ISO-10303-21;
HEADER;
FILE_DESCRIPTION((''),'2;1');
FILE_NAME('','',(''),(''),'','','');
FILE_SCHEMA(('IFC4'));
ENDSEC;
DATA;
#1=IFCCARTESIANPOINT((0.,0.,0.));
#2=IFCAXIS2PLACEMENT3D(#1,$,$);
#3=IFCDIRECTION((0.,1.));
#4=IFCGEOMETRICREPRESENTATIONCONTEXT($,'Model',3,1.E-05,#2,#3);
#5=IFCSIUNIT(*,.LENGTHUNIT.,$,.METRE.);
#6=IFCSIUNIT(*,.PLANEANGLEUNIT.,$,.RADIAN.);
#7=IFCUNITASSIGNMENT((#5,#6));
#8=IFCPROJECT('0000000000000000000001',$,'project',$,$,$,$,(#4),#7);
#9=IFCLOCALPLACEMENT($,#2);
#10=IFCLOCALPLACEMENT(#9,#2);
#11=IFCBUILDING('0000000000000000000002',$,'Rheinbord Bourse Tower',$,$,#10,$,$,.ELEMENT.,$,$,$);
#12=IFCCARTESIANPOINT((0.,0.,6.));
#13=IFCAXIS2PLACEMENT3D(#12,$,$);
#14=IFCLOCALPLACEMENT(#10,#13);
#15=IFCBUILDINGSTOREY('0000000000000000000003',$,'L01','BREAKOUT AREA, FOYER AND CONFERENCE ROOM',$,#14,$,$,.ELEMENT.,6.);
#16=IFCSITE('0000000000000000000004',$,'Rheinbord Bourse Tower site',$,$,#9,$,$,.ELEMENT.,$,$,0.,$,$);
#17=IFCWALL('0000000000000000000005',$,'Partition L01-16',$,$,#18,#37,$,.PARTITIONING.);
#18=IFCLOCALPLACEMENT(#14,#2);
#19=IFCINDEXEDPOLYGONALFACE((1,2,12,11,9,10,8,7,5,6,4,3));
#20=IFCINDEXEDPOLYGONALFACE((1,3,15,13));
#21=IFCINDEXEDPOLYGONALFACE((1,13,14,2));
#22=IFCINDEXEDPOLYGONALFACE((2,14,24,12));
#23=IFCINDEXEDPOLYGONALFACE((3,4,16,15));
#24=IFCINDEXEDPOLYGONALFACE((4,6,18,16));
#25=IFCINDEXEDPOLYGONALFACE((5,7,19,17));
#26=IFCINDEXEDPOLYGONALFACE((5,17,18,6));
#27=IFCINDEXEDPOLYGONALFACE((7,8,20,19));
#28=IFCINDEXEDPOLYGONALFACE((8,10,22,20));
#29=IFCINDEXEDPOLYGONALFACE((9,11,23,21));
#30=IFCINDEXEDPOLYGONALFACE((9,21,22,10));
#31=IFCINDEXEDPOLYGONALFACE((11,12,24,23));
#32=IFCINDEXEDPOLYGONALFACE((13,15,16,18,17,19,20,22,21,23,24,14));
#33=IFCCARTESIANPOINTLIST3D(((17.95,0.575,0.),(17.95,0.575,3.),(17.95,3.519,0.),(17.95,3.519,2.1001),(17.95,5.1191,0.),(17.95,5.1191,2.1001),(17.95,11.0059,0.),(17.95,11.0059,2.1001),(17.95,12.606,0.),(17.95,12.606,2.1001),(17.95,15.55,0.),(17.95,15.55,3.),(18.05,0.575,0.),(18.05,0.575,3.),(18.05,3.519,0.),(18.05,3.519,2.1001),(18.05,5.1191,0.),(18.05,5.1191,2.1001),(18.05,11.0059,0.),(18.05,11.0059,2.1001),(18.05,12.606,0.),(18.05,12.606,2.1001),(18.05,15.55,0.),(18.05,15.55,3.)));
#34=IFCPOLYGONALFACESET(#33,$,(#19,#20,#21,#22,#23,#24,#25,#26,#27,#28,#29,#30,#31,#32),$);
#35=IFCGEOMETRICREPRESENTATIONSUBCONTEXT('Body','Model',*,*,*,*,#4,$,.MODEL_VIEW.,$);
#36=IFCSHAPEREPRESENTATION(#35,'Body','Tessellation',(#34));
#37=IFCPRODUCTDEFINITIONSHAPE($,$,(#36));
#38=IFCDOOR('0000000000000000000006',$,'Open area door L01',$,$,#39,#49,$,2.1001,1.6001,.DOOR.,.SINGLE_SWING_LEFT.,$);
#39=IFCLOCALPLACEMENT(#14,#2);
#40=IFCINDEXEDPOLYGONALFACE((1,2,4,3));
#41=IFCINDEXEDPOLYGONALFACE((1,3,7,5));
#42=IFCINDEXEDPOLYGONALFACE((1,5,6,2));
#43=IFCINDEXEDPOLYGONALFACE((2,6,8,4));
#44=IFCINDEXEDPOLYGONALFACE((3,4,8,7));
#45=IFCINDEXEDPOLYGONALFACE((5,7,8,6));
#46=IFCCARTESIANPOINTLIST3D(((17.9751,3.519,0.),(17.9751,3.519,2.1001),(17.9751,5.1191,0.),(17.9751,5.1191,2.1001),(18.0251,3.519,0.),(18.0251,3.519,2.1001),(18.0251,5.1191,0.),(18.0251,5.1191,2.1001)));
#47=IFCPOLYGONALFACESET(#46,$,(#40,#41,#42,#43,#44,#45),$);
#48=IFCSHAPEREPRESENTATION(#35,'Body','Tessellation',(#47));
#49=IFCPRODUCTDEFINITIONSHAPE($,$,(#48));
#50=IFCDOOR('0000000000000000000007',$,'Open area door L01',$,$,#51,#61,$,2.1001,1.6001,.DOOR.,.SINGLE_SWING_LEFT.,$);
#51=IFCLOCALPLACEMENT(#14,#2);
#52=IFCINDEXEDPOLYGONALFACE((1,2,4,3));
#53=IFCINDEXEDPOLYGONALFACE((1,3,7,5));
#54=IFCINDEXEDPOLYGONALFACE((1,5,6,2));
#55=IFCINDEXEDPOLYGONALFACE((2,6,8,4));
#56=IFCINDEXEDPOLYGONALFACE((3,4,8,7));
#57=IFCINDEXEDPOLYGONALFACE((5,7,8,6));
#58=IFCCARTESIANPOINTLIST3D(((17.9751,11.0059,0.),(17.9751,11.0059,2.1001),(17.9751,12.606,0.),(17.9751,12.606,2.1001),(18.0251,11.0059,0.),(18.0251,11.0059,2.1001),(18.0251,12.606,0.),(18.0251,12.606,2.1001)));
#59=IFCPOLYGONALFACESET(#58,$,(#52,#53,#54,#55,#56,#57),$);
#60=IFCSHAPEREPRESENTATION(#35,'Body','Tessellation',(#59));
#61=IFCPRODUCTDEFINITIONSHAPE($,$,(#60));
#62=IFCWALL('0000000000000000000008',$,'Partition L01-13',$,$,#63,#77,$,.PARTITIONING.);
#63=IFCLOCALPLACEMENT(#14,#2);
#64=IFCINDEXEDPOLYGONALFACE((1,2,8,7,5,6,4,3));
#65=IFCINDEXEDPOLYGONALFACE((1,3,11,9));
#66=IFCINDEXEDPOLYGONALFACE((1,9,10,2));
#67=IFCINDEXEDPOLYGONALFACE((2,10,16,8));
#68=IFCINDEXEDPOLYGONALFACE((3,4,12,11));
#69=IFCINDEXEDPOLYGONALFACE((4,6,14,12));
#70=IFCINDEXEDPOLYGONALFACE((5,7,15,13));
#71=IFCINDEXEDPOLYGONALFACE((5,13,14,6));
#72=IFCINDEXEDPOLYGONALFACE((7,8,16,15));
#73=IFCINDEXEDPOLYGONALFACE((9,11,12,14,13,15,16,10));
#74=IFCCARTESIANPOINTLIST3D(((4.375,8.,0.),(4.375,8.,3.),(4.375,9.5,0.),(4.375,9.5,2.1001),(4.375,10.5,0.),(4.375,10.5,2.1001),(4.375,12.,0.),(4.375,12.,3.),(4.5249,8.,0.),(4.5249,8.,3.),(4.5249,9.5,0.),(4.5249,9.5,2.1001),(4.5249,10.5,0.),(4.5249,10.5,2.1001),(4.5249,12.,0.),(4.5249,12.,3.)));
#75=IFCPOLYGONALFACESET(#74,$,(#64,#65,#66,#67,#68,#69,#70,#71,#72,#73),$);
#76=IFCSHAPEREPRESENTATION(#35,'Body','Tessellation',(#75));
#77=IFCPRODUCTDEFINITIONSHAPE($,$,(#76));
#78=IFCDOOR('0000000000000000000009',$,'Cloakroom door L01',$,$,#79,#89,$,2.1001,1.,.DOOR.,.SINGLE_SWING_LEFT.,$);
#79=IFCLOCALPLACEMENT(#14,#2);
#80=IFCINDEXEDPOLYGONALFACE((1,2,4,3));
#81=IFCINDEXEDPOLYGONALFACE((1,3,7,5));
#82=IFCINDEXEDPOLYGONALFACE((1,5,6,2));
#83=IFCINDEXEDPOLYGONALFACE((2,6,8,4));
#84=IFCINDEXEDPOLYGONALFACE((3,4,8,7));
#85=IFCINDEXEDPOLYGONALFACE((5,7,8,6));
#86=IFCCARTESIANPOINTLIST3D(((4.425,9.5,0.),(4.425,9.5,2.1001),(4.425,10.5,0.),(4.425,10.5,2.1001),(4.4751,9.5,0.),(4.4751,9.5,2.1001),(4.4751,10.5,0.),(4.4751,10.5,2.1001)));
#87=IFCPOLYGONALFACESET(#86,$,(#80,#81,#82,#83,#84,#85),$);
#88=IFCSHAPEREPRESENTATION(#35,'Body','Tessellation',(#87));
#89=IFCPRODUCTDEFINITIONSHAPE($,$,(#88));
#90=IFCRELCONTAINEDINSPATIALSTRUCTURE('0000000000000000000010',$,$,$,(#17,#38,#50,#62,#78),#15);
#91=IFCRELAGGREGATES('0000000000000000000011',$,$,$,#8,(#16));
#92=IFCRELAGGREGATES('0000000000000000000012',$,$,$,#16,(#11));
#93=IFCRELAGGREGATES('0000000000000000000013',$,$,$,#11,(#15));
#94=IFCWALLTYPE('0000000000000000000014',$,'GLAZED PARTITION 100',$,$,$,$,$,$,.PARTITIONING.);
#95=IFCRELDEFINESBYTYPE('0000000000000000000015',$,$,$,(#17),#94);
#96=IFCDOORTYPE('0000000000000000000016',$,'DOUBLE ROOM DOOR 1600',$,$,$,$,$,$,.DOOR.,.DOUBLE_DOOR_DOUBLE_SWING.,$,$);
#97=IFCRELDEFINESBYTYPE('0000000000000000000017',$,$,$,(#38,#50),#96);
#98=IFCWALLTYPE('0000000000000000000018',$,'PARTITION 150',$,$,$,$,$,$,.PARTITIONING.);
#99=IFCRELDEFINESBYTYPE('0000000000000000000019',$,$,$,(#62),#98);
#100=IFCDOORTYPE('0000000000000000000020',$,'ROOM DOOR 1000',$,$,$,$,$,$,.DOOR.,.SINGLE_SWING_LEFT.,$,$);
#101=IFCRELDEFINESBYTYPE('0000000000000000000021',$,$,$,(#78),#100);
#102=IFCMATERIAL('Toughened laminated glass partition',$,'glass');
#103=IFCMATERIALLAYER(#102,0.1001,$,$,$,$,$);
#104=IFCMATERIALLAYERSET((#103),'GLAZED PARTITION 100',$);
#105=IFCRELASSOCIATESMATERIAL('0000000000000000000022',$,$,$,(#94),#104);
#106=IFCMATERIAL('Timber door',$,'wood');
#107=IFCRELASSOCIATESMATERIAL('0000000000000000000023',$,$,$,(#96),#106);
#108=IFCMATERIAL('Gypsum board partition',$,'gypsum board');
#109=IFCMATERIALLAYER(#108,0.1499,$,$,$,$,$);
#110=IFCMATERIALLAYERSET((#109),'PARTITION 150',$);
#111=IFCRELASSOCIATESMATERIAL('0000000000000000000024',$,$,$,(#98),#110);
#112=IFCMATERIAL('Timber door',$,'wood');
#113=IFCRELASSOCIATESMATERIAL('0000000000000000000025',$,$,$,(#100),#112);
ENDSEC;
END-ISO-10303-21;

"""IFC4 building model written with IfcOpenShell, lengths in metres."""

from ifc_helpers import new_model, si_unit, direction, frame, frame_2d, origin, place, context, subcontext, project, spatial, rectangle, extrude, material, layer, layer_set, type_object, element, fill, save


model = new_model("IFC4")

# Units and contexts
model_context = context("Model", 3, precision=1e-05, world=origin(), true_north=direction((0.0, 1.0)))
body_context = subcontext(model_context, "Body", "Model", "MODEL_VIEW")
ifc_project = project(units=[si_unit("LENGTHUNIT", "METRE"), si_unit("PLANEANGLEUNIT", "RADIAN")], contexts=[model_context])

# Site, building, storey
site_placement = place(None, origin())
site = spatial("IfcSite", under=ifc_project, at=site_placement, Name="Rheinbord Bourse Tower site", CompositionType="ELEMENT", RefElevation=0.0)
building_placement = place(site_placement, origin())
building = spatial("IfcBuilding", under=site, at=building_placement, Name="Rheinbord Bourse Tower", CompositionType="ELEMENT")
storey_placement = place(building_placement, frame((0.0, 0.0, 6.0)))
storey = spatial("IfcBuildingStorey", under=building, at=storey_placement, Name="L01", Description="BREAKOUT AREA, FOYER AND CONFERENCE ROOM", CompositionType="ELEMENT", Elevation=6.0)

# Wall, openings, doors
ifc_material_1 = material(Name="Toughened laminated glass partition", Category="glass")
ifc_layer_1 = layer(ifc_material_1, 0.1001)
ifc_layer_set_1 = layer_set([ifc_layer_1], Name="GLAZED PARTITION 100")
wall_type_1 = type_object("IfcWallType", Name="GLAZED PARTITION 100", PredefinedType="PARTITIONING", material=ifc_layer_set_1)
wall_1_placement = place(storey_placement, frame((18.0, 0.575, 0.0), z_axis=(0.0, 0.0, 1.0), x_axis=(0.0, 1.0, 0.0)))
wall_1 = element("IfcWall", 1, at=wall_1_placement, inside=storey, type_object=wall_type_1, Name="Partition L01-16", PredefinedType="PARTITIONING", context=body_context, shape_type="SweptSolid", body=[
    extrude(rectangle(XDim=14.9751, YDim=0.1001, at=frame_2d((7.4875, 0.0))), origin(), (0.0, 0.0, 1.0), 3.0),
])
opening_1_placement = place(wall_1_placement, frame((2.9441, 0.0, 0.0)))
opening_1 = element("IfcOpeningElement", 2, at=opening_1_placement, cuts=wall_1, PredefinedType="OPENING", context=body_context, shape_type="SweptSolid", body=[
    extrude(rectangle(XDim=1.6001, YDim=2.1001, at=frame_2d((0.8, 1.05))), frame((0.0, 0.0601, 0.0), z_axis=(0.0, -1.0, 0.0), x_axis=(1.0, 0.0, 0.0)), (0.0, 0.0, 1.0), 0.1201),
])
opening_2_placement = place(wall_1_placement, frame((10.4309, 0.0, 0.0)))
opening_2 = element("IfcOpeningElement", 3, at=opening_2_placement, cuts=wall_1, PredefinedType="OPENING", context=body_context, shape_type="SweptSolid", body=[
    extrude(rectangle(XDim=1.6001, YDim=2.1001, at=frame_2d((0.8, 1.05))), frame((0.0, 0.0601, 0.0), z_axis=(0.0, -1.0, 0.0), x_axis=(1.0, 0.0, 0.0)), (0.0, 0.0, 1.0), 0.1201),
])
ifc_material_2 = material(Name="Timber door", Category="wood")
door_type_1 = type_object("IfcDoorType", Name="DOUBLE ROOM DOOR 1600", OperationType="DOUBLE_DOOR_DOUBLE_SWING", PredefinedType="DOOR", material=ifc_material_2)
door_1_placement = place(opening_1_placement, origin())
door_1 = element("IfcDoor", 4, at=door_1_placement, inside=storey, type_object=door_type_1, Name="Open area door L01", OperationType="SINGLE_SWING_LEFT", OverallHeight=2.1001, OverallWidth=1.6001, PredefinedType="DOOR", context=body_context, shape_type="SweptSolid", body=[
    extrude(rectangle(XDim=1.6001, YDim=2.1001, at=frame_2d((0.8, 1.05))), frame((0.0, 0.0249, 0.0), z_axis=(0.0, -1.0, 0.0), x_axis=(1.0, 0.0, 0.0)), (0.0, 0.0, 1.0), 0.05),
])
fill(opening_1, door_1)
door_2_placement = place(opening_2_placement, origin())
door_2 = element("IfcDoor", 5, at=door_2_placement, inside=storey, type_object=door_type_1, Name="Open area door L01", OperationType="SINGLE_SWING_LEFT", OverallHeight=2.1001, OverallWidth=1.6001, PredefinedType="DOOR", context=body_context, shape_type="SweptSolid", body=[
    extrude(rectangle(XDim=1.6001, YDim=2.1001, at=frame_2d((0.8, 1.05))), frame((0.0, 0.0249, 0.0), z_axis=(0.0, -1.0, 0.0), x_axis=(1.0, 0.0, 0.0)), (0.0, 0.0, 1.0), 0.05),
])
fill(opening_2, door_2)

# Wall, opening, door
ifc_material_3 = material(Name="Gypsum board partition", Category="gypsum board")
ifc_layer_2 = layer(ifc_material_3, 0.1499)
ifc_layer_set_2 = layer_set([ifc_layer_2], Name="PARTITION 150")
wall_type_2 = type_object("IfcWallType", Name="PARTITION 150", PredefinedType="PARTITIONING", material=ifc_layer_set_2)
wall_2_placement = place(storey_placement, frame((4.45, 8.0, 0.0), z_axis=(0.0, 0.0, 1.0), x_axis=(0.0, 1.0, 0.0)))
wall_2 = element("IfcWall", 6, at=wall_2_placement, inside=storey, type_object=wall_type_2, Name="Partition L01-13", PredefinedType="PARTITIONING", context=body_context, shape_type="SweptSolid", body=[
    extrude(rectangle(XDim=4.0, YDim=0.1499, at=frame_2d((2.0, 0.0))), origin(), (0.0, 0.0, 1.0), 3.0),
])
opening_3_placement = place(wall_2_placement, frame((1.5, 0.0, 0.0)))
opening_3 = element("IfcOpeningElement", 7, at=opening_3_placement, cuts=wall_2, PredefinedType="OPENING", context=body_context, shape_type="SweptSolid", body=[
    extrude(rectangle(XDim=1.0, YDim=2.1001, at=frame_2d((0.5, 1.05))), frame((0.0, 0.085, 0.0), z_axis=(0.0, -1.0, 0.0), x_axis=(1.0, 0.0, 0.0)), (0.0, 0.0, 1.0), 0.1699),
])
ifc_material_4 = material(Name="Timber door", Category="wood")
door_type_2 = type_object("IfcDoorType", Name="ROOM DOOR 1000", OperationType="SINGLE_SWING_LEFT", PredefinedType="DOOR", material=ifc_material_4)
door_3_placement = place(opening_3_placement, origin())
door_3 = element("IfcDoor", 8, at=door_3_placement, inside=storey, type_object=door_type_2, Name="Cloakroom door L01", OperationType="SINGLE_SWING_LEFT", OverallHeight=2.1001, OverallWidth=1.0, PredefinedType="DOOR", context=body_context, shape_type="SweptSolid", body=[
    extrude(rectangle(XDim=1.0, YDim=2.1001, at=frame_2d((0.5, 1.05))), frame((0.0, 0.0249, 0.0), z_axis=(0.0, -1.0, 0.0), x_axis=(1.0, 0.0, 0.0)), (0.0, 0.0, 1.0), 0.05),
])
fill(opening_3, door_3)

save(model, "model.ifc")
